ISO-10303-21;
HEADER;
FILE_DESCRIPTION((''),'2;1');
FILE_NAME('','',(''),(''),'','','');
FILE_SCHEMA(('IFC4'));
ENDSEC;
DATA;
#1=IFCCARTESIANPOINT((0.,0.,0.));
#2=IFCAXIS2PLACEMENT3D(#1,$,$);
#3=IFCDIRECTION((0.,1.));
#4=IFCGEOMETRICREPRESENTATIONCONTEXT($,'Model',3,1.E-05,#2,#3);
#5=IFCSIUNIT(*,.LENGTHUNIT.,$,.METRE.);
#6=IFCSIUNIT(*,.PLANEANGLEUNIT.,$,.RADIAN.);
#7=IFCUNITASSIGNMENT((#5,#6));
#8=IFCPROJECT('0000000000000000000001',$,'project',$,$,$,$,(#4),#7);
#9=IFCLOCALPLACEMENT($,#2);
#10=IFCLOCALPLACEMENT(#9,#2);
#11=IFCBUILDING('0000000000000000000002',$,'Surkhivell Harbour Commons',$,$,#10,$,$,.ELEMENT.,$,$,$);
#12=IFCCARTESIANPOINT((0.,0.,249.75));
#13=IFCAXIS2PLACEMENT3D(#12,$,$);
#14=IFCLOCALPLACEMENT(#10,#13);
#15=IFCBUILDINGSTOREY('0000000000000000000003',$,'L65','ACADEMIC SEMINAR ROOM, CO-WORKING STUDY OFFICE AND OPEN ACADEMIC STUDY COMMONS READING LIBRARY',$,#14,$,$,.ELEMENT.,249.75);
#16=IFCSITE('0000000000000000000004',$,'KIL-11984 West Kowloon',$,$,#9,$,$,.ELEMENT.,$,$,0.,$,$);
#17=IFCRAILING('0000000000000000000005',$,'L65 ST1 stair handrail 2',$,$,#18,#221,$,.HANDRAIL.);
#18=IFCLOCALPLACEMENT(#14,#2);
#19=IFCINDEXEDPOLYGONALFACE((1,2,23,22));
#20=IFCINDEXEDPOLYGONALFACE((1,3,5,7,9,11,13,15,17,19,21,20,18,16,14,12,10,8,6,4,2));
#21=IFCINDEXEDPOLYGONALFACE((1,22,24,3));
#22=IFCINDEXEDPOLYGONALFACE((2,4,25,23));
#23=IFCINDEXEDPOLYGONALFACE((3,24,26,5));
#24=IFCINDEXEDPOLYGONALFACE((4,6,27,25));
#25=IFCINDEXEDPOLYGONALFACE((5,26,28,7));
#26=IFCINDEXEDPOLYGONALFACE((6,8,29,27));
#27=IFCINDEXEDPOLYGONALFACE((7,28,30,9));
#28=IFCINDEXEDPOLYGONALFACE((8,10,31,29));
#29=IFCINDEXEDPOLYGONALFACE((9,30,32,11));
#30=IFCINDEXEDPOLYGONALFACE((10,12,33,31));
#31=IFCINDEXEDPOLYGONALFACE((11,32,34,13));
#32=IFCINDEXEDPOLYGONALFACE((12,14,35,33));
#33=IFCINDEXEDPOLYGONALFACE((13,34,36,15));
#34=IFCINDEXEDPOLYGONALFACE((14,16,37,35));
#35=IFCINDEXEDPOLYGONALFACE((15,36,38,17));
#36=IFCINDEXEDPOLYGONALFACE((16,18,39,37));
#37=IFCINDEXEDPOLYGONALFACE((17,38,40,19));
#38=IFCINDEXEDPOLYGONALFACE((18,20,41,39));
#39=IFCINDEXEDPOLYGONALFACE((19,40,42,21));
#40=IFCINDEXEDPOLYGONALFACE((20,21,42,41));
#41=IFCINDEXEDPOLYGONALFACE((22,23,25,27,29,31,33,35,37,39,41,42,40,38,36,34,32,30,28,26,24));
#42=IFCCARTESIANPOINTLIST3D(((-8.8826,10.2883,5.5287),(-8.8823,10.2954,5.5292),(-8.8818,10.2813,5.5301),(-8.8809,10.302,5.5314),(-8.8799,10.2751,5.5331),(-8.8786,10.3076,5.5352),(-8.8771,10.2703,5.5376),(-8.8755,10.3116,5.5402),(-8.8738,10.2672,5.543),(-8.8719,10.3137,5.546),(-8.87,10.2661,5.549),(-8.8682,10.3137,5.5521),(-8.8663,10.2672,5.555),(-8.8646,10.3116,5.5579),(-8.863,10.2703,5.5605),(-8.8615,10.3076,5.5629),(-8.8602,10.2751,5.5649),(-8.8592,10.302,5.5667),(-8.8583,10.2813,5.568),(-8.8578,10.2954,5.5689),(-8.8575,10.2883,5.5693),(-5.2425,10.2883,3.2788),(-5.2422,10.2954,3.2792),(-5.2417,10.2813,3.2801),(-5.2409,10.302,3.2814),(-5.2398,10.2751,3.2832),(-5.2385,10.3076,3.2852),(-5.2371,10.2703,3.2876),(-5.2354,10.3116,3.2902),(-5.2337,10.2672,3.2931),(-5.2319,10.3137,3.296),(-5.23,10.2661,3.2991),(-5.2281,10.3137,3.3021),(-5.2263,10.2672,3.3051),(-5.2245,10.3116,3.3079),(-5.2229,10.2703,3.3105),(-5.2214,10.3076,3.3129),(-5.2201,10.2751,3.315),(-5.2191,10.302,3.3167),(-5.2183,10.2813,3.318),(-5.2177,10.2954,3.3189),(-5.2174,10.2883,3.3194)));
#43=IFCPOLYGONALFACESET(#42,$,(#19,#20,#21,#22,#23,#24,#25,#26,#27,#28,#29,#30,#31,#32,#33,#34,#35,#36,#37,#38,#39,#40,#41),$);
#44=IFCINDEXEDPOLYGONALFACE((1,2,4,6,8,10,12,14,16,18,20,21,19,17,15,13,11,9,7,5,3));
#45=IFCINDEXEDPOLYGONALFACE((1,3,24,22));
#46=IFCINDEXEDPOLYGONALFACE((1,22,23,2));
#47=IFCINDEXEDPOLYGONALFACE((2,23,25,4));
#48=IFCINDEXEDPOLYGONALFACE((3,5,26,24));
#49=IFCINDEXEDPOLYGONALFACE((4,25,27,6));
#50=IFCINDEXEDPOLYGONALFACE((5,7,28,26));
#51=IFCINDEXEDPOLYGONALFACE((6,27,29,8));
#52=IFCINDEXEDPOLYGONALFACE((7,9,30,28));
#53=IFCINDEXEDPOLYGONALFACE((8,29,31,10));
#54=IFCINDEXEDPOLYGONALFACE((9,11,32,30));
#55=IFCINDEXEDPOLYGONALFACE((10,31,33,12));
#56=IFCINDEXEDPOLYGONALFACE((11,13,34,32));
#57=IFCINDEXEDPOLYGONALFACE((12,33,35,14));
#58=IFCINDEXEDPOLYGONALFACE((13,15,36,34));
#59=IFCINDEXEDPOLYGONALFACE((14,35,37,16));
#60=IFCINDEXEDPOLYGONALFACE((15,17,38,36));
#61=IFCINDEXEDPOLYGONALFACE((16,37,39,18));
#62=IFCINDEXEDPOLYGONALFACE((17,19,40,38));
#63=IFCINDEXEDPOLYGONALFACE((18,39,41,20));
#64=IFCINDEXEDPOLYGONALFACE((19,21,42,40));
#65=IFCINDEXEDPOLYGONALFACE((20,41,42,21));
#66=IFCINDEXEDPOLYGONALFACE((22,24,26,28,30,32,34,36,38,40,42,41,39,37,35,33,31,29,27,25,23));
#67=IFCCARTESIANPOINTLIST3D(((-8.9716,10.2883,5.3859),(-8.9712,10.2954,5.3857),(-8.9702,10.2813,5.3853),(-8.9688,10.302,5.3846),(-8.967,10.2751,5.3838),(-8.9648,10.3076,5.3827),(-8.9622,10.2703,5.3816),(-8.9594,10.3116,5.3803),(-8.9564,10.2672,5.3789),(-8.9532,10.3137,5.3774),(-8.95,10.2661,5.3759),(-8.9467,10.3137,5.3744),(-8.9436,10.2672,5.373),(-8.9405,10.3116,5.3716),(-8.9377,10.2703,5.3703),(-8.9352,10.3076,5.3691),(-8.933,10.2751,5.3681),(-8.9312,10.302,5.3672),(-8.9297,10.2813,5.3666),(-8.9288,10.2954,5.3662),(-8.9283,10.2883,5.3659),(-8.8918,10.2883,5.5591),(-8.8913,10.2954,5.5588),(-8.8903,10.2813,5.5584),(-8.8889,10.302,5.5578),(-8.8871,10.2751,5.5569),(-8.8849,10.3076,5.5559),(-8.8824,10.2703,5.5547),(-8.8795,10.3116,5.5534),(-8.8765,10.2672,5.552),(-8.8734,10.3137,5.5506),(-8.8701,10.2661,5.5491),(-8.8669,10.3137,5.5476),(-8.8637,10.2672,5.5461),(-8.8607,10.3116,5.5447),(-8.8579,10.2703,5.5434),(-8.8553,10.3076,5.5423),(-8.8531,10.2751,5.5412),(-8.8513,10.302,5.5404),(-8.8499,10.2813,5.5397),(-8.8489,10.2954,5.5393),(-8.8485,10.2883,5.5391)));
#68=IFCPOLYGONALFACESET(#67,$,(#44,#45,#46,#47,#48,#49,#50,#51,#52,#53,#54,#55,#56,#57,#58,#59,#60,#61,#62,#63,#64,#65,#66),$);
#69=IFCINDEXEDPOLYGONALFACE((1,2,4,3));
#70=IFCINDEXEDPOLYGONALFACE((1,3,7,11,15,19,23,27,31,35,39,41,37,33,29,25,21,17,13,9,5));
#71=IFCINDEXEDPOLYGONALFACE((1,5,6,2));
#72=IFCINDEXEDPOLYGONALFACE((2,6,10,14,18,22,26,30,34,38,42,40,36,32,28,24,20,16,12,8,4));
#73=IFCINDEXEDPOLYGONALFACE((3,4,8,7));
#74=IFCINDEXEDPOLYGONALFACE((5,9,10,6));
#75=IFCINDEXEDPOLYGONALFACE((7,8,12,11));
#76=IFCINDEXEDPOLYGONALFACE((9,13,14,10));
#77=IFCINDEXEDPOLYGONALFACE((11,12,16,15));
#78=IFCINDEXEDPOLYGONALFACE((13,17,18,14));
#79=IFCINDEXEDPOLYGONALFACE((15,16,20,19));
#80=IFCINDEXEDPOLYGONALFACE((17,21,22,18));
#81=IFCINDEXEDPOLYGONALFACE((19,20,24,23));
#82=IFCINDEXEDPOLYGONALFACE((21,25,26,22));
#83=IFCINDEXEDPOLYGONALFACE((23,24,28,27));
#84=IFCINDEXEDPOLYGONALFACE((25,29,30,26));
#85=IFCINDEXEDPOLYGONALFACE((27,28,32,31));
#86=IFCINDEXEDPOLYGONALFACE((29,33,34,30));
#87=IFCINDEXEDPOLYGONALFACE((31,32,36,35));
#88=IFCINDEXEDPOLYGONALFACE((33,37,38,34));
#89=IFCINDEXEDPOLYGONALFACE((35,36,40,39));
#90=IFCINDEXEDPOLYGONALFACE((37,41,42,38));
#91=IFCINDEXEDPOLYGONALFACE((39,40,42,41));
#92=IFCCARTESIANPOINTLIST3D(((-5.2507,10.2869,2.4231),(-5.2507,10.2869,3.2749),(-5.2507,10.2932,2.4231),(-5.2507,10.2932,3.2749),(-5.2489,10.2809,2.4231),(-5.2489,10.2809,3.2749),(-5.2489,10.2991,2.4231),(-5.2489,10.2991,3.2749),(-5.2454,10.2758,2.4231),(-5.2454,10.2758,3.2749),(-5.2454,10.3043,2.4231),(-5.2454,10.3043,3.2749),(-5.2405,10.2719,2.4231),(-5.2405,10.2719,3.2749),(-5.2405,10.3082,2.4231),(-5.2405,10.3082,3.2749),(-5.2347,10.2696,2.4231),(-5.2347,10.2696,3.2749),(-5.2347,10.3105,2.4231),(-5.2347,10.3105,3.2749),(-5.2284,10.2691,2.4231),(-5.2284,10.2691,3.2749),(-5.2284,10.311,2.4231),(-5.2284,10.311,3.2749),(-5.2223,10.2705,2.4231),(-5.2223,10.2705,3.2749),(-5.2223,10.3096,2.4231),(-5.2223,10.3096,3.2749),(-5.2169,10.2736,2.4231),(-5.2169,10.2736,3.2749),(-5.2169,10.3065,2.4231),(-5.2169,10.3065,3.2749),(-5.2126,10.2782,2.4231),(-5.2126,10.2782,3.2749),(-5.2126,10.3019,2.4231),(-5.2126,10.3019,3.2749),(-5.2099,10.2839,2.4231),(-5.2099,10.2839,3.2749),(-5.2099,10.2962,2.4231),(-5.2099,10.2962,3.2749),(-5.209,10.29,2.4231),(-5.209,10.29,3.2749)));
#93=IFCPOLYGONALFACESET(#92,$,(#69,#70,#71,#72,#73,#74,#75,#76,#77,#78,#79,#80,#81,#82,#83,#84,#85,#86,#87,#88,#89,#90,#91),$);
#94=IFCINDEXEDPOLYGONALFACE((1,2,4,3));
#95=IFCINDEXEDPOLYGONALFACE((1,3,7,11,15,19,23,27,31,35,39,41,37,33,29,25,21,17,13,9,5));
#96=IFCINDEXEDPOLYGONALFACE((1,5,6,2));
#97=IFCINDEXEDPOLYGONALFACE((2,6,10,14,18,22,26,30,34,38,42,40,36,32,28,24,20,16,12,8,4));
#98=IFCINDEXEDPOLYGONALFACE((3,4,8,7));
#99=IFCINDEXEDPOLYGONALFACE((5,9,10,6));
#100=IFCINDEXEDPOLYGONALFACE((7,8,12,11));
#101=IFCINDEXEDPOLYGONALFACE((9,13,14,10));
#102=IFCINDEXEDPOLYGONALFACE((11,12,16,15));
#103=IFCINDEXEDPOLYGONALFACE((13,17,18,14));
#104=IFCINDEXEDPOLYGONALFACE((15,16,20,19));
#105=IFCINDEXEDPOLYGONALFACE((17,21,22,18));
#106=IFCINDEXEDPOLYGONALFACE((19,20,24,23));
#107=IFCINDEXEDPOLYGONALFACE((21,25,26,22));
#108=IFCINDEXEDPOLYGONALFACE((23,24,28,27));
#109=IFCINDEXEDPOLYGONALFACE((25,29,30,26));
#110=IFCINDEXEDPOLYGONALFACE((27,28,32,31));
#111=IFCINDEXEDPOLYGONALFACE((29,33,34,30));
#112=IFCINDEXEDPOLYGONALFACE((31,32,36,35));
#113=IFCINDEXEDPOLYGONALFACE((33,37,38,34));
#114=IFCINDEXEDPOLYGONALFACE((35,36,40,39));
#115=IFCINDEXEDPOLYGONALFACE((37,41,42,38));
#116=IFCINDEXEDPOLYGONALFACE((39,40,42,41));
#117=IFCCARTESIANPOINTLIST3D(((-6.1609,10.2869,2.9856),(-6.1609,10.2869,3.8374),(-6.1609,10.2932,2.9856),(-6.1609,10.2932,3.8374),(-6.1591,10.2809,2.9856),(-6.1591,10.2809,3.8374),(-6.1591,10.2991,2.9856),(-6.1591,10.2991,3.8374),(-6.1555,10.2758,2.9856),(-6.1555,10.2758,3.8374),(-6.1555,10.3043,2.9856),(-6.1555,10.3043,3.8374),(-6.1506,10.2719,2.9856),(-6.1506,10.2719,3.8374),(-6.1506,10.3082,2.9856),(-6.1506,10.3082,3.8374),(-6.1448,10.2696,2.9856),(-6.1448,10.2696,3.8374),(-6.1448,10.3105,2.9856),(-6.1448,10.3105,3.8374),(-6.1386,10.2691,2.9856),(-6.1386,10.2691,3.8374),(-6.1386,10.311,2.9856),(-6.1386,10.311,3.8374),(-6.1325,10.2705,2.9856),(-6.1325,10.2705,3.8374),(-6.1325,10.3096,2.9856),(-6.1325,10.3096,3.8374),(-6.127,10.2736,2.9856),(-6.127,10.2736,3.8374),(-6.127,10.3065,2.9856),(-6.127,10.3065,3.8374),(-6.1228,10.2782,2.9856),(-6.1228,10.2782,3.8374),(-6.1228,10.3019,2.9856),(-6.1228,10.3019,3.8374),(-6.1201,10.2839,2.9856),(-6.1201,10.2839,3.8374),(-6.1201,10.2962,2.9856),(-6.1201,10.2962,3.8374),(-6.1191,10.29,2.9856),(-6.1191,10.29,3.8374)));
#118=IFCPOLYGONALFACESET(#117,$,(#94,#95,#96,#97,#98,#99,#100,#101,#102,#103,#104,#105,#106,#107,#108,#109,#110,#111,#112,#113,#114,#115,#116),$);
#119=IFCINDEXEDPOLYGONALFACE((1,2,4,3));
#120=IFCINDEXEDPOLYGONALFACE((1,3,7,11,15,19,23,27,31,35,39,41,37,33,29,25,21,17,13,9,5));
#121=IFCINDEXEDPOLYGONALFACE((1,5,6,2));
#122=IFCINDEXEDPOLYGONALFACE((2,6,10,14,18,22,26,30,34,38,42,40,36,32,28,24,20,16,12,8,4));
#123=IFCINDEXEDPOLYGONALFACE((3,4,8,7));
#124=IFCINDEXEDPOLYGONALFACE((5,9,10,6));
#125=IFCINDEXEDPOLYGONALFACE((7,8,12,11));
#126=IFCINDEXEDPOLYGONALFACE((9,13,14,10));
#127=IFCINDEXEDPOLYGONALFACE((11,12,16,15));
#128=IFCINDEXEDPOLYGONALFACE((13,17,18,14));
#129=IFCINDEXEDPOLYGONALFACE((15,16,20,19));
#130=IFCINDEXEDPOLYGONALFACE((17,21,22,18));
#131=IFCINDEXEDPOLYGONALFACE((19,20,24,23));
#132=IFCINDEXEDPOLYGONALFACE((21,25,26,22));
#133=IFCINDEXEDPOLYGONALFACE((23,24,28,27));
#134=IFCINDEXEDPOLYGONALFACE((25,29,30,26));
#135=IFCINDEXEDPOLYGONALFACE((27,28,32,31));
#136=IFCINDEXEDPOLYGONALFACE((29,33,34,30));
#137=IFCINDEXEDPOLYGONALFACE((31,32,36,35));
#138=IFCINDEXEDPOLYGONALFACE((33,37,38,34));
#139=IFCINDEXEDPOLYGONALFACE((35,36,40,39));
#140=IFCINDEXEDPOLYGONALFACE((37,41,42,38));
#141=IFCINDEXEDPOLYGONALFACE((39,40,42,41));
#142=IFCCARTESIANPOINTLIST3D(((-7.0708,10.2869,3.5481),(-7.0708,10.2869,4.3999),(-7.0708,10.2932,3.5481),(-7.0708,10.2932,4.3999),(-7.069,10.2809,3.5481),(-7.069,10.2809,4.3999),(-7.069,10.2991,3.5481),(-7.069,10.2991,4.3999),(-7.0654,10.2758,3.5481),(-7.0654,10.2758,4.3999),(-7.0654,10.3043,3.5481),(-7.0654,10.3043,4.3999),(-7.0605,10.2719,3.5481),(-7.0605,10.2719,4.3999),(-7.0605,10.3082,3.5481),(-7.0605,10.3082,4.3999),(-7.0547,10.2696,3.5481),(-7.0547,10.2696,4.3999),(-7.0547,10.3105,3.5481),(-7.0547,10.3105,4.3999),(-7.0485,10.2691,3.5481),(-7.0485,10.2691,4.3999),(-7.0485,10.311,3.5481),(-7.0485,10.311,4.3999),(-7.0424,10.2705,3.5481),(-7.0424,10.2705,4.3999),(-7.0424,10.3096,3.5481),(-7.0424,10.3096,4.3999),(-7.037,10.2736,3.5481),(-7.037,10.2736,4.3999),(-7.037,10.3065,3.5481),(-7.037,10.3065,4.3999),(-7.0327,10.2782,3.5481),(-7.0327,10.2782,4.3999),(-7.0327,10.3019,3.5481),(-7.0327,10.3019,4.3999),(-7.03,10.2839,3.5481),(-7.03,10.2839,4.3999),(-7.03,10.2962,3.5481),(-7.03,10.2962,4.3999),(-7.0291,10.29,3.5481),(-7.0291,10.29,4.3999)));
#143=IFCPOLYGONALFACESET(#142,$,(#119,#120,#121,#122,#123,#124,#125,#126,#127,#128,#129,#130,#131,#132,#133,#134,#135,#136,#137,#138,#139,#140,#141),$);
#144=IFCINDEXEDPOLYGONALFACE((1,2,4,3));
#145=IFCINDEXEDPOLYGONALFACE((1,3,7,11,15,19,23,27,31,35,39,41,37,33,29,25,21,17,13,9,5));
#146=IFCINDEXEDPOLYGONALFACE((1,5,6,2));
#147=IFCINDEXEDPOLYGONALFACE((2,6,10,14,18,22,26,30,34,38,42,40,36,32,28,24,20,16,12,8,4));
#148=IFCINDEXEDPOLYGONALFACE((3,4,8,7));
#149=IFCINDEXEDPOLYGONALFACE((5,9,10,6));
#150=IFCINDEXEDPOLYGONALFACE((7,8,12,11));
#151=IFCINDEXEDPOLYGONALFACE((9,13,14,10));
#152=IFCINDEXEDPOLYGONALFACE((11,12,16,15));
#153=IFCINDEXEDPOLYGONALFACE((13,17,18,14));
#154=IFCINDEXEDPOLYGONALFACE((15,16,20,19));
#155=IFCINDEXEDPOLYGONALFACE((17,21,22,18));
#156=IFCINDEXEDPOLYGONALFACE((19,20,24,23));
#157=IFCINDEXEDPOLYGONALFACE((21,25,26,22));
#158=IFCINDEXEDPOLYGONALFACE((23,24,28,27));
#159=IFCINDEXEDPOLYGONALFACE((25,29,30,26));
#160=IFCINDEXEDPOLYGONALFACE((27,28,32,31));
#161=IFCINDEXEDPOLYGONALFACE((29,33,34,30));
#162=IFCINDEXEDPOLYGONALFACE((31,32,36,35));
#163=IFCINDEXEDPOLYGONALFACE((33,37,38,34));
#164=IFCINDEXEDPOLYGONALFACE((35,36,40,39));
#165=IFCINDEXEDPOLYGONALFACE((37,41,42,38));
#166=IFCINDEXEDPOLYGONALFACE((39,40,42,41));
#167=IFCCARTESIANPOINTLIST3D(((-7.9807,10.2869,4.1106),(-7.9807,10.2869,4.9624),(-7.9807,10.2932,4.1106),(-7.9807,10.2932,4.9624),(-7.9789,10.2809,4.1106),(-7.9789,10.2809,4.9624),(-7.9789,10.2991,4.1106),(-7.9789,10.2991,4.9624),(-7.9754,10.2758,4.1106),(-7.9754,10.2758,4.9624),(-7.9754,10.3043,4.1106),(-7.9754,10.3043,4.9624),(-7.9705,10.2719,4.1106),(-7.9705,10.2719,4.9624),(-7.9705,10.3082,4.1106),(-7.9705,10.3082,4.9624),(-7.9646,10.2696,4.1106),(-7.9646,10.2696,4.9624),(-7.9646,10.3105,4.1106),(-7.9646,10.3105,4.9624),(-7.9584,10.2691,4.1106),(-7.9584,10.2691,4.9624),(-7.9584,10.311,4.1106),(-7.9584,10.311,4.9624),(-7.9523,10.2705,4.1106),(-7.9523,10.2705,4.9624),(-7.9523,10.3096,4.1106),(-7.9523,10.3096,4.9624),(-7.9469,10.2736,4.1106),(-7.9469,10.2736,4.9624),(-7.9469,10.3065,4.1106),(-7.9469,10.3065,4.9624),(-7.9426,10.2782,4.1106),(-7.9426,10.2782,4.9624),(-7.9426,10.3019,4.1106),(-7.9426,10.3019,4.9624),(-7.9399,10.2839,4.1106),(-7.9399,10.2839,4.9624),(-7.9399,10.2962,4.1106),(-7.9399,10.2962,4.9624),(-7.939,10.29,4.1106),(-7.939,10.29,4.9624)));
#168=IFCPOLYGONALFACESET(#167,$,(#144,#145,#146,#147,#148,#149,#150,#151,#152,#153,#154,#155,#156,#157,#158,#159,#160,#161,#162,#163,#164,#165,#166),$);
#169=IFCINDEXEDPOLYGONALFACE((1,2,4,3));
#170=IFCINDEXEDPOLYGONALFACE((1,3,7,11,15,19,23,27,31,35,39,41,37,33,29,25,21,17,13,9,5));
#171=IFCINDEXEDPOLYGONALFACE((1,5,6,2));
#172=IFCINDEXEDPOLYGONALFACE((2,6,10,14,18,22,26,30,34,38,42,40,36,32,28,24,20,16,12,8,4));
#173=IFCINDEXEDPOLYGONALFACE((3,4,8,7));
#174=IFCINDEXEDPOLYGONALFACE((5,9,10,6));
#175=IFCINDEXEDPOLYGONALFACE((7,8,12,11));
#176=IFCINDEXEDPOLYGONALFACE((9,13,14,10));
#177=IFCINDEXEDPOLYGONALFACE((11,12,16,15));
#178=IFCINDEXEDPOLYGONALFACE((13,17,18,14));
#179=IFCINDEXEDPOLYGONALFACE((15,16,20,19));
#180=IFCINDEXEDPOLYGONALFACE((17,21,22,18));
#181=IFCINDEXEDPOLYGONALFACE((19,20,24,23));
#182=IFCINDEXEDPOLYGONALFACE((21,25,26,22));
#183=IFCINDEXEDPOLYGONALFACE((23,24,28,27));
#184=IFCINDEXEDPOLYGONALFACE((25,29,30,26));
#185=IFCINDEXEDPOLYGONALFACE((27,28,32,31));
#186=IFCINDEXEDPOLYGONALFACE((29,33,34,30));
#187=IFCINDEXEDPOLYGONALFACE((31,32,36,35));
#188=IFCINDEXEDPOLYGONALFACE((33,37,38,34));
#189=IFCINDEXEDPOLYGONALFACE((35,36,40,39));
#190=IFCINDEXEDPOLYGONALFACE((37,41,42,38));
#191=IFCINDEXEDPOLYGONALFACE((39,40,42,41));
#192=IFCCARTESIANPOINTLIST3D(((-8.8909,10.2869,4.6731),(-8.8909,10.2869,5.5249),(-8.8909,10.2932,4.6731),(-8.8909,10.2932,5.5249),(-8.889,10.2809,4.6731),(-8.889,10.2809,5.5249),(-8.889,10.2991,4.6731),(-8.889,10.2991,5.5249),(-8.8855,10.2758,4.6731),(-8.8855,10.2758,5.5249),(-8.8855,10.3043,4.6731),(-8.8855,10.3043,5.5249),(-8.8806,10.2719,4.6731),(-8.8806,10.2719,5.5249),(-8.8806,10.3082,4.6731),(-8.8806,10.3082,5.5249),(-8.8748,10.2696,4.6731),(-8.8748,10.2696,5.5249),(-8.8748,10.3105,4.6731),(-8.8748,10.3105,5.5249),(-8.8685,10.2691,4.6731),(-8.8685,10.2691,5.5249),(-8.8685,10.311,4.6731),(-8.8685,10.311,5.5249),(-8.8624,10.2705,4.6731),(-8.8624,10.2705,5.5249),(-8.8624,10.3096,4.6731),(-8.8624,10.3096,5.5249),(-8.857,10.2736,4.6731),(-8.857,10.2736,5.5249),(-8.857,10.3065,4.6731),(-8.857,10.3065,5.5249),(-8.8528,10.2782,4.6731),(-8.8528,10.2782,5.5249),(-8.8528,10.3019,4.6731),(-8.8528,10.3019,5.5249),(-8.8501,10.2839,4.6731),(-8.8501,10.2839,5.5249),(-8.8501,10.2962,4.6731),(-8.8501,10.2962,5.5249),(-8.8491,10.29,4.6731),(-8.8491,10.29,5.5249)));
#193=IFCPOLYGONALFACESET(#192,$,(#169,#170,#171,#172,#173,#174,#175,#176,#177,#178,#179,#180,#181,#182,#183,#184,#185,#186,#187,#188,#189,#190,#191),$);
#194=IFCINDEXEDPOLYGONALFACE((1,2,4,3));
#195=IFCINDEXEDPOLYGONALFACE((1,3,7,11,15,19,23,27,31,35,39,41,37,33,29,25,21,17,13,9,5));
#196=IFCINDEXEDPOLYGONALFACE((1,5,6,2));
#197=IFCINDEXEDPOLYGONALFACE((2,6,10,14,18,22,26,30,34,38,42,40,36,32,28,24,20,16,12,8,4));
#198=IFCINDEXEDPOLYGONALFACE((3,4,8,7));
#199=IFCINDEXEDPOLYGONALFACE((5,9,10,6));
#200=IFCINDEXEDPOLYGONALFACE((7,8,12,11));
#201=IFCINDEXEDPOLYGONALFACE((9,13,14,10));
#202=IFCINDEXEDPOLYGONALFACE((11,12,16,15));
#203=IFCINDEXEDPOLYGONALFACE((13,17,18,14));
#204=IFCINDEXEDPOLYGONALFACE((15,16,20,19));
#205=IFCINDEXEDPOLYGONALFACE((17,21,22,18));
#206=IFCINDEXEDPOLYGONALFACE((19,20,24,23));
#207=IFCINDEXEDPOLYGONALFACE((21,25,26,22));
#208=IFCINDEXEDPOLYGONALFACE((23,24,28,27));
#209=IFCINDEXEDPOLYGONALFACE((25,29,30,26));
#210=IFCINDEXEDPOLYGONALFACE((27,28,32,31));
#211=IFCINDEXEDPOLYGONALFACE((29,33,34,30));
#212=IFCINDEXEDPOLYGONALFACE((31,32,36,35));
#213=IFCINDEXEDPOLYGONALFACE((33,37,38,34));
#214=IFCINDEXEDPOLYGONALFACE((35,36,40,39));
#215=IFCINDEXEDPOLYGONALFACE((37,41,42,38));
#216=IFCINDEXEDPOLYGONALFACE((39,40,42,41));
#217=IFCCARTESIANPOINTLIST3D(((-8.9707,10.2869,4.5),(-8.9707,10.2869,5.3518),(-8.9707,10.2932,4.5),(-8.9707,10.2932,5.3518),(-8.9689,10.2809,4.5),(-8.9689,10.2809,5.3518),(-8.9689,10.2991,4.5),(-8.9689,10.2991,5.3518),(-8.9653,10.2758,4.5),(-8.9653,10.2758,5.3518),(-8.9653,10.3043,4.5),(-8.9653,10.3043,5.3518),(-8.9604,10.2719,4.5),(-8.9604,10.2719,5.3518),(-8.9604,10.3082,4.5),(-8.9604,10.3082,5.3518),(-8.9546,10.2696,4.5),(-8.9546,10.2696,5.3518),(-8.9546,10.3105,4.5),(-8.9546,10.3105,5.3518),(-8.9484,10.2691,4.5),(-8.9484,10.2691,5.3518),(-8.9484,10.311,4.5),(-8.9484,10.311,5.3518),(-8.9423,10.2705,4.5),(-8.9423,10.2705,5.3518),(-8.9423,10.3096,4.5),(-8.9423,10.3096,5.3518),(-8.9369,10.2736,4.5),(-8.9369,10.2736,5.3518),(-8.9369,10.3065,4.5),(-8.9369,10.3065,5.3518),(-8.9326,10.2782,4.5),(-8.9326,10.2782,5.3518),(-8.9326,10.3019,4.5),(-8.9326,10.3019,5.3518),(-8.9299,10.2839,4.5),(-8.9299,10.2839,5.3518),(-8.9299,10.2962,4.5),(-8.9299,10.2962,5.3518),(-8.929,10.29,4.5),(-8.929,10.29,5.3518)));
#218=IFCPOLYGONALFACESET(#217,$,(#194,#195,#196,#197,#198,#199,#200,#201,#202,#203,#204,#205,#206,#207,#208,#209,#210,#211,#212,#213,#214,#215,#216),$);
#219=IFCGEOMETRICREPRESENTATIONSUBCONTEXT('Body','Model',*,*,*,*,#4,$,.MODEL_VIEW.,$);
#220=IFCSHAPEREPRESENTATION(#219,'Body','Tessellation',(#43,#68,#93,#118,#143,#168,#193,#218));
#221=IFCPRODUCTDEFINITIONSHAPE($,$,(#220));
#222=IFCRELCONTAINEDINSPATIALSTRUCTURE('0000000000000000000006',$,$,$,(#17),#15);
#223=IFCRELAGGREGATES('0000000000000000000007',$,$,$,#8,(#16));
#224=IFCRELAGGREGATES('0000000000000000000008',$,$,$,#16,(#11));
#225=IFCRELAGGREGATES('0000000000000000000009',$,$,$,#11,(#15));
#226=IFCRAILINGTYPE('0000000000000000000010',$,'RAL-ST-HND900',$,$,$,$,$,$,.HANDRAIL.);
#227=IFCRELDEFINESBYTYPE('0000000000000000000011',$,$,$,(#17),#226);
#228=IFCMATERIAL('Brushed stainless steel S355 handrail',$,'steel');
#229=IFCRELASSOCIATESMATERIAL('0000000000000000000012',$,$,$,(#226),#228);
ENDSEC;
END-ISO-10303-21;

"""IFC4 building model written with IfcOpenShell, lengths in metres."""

from ifc_helpers import new_model, si_unit, direction, frame, origin, origin_2d, place, context, subcontext, project, spatial, circle, extrude, material, type_object, element, save


model = new_model("IFC4")

# Units and contexts
model_context = context("Model", 3, precision=1e-05, world=origin(), true_north=direction((0.0, 1.0)))
body_context = subcontext(model_context, "Body", "Model", "MODEL_VIEW")
ifc_project = project(units=[si_unit("LENGTHUNIT", "METRE"), si_unit("PLANEANGLEUNIT", "RADIAN")], contexts=[model_context])

# Site, building, storey
site_placement = place(None, origin())
site = spatial("IfcSite", under=ifc_project, at=site_placement, Name="KIL-11984 West Kowloon", CompositionType="ELEMENT", RefElevation=0.0)
building_placement = place(site_placement, origin())
building = spatial("IfcBuilding", under=site, at=building_placement, Name="Surkhivell Harbour Commons", CompositionType="ELEMENT")
storey_placement = place(building_placement, frame((0.0, 0.0, 249.75)))
storey = spatial("IfcBuildingStorey", under=building, at=storey_placement, Name="L65", Description="ACADEMIC SEMINAR ROOM, CO-WORKING STUDY OFFICE AND OPEN ACADEMIC STUDY COMMONS READING LIBRARY", CompositionType="ELEMENT", Elevation=249.75)

# Railing
ifc_material_1 = material(Name="Brushed stainless steel S355 handrail", Category="steel")
railing_type_1 = type_object("IfcRailingType", Name="RAL-ST-HND900", PredefinedType="HANDRAIL", material=ifc_material_1)
railing_1_placement = place(storey_placement, frame((-5.23, 10.29, 2.4231)))
element("IfcRailing", 1, at=railing_1_placement, inside=storey, type_object=railing_type_1, Name="L65 ST1 stair handrail 2", PredefinedType="HANDRAIL", context=body_context, shape_type="SweptSolid", body=[
    extrude(circle(Radius=0.0239, at=origin_2d()), frame((0.0, 0.0, 0.876), z_axis=(-0.850622, 0.0, 0.525777), x_axis=(0.0, -1.0, 0.0)), (0.0, 0.0, 1.0), 4.2793),
    extrude(circle(Radius=0.0239, at=origin_2d()), frame((-3.6401, 0.0, 3.126), z_axis=(-0.418815, 0.0, -0.908072), x_axis=(0.0, -1.0, 0.0)), (0.0, 0.0, 1.0), 0.1907),
    extrude(circle(Radius=0.021, at=origin_2d()), origin(), (0.0, 0.0, 1.0), 0.8518),
    extrude(circle(Radius=0.021, at=origin_2d()), frame((-0.9102, 0.0, 0.5625)), (0.0, 0.0, 1.0), 0.8518),
    extrude(circle(Radius=0.021, at=origin_2d()), frame((-1.8201, 0.0, 1.125)), (0.0, 0.0, 1.0), 0.8518),
    extrude(circle(Radius=0.021, at=origin_2d()), frame((-2.73, 0.0, 1.6875)), (0.0, 0.0, 1.0), 0.8518),
    extrude(circle(Radius=0.021, at=origin_2d()), frame((-3.6401, 0.0, 2.25)), (0.0, 0.0, 1.0), 0.8518),
    extrude(circle(Radius=0.021, at=origin_2d()), frame((-3.72, 0.0, 2.0769)), (0.0, 0.0, 1.0), 0.8518),
])

save(model, "model.ifc")
